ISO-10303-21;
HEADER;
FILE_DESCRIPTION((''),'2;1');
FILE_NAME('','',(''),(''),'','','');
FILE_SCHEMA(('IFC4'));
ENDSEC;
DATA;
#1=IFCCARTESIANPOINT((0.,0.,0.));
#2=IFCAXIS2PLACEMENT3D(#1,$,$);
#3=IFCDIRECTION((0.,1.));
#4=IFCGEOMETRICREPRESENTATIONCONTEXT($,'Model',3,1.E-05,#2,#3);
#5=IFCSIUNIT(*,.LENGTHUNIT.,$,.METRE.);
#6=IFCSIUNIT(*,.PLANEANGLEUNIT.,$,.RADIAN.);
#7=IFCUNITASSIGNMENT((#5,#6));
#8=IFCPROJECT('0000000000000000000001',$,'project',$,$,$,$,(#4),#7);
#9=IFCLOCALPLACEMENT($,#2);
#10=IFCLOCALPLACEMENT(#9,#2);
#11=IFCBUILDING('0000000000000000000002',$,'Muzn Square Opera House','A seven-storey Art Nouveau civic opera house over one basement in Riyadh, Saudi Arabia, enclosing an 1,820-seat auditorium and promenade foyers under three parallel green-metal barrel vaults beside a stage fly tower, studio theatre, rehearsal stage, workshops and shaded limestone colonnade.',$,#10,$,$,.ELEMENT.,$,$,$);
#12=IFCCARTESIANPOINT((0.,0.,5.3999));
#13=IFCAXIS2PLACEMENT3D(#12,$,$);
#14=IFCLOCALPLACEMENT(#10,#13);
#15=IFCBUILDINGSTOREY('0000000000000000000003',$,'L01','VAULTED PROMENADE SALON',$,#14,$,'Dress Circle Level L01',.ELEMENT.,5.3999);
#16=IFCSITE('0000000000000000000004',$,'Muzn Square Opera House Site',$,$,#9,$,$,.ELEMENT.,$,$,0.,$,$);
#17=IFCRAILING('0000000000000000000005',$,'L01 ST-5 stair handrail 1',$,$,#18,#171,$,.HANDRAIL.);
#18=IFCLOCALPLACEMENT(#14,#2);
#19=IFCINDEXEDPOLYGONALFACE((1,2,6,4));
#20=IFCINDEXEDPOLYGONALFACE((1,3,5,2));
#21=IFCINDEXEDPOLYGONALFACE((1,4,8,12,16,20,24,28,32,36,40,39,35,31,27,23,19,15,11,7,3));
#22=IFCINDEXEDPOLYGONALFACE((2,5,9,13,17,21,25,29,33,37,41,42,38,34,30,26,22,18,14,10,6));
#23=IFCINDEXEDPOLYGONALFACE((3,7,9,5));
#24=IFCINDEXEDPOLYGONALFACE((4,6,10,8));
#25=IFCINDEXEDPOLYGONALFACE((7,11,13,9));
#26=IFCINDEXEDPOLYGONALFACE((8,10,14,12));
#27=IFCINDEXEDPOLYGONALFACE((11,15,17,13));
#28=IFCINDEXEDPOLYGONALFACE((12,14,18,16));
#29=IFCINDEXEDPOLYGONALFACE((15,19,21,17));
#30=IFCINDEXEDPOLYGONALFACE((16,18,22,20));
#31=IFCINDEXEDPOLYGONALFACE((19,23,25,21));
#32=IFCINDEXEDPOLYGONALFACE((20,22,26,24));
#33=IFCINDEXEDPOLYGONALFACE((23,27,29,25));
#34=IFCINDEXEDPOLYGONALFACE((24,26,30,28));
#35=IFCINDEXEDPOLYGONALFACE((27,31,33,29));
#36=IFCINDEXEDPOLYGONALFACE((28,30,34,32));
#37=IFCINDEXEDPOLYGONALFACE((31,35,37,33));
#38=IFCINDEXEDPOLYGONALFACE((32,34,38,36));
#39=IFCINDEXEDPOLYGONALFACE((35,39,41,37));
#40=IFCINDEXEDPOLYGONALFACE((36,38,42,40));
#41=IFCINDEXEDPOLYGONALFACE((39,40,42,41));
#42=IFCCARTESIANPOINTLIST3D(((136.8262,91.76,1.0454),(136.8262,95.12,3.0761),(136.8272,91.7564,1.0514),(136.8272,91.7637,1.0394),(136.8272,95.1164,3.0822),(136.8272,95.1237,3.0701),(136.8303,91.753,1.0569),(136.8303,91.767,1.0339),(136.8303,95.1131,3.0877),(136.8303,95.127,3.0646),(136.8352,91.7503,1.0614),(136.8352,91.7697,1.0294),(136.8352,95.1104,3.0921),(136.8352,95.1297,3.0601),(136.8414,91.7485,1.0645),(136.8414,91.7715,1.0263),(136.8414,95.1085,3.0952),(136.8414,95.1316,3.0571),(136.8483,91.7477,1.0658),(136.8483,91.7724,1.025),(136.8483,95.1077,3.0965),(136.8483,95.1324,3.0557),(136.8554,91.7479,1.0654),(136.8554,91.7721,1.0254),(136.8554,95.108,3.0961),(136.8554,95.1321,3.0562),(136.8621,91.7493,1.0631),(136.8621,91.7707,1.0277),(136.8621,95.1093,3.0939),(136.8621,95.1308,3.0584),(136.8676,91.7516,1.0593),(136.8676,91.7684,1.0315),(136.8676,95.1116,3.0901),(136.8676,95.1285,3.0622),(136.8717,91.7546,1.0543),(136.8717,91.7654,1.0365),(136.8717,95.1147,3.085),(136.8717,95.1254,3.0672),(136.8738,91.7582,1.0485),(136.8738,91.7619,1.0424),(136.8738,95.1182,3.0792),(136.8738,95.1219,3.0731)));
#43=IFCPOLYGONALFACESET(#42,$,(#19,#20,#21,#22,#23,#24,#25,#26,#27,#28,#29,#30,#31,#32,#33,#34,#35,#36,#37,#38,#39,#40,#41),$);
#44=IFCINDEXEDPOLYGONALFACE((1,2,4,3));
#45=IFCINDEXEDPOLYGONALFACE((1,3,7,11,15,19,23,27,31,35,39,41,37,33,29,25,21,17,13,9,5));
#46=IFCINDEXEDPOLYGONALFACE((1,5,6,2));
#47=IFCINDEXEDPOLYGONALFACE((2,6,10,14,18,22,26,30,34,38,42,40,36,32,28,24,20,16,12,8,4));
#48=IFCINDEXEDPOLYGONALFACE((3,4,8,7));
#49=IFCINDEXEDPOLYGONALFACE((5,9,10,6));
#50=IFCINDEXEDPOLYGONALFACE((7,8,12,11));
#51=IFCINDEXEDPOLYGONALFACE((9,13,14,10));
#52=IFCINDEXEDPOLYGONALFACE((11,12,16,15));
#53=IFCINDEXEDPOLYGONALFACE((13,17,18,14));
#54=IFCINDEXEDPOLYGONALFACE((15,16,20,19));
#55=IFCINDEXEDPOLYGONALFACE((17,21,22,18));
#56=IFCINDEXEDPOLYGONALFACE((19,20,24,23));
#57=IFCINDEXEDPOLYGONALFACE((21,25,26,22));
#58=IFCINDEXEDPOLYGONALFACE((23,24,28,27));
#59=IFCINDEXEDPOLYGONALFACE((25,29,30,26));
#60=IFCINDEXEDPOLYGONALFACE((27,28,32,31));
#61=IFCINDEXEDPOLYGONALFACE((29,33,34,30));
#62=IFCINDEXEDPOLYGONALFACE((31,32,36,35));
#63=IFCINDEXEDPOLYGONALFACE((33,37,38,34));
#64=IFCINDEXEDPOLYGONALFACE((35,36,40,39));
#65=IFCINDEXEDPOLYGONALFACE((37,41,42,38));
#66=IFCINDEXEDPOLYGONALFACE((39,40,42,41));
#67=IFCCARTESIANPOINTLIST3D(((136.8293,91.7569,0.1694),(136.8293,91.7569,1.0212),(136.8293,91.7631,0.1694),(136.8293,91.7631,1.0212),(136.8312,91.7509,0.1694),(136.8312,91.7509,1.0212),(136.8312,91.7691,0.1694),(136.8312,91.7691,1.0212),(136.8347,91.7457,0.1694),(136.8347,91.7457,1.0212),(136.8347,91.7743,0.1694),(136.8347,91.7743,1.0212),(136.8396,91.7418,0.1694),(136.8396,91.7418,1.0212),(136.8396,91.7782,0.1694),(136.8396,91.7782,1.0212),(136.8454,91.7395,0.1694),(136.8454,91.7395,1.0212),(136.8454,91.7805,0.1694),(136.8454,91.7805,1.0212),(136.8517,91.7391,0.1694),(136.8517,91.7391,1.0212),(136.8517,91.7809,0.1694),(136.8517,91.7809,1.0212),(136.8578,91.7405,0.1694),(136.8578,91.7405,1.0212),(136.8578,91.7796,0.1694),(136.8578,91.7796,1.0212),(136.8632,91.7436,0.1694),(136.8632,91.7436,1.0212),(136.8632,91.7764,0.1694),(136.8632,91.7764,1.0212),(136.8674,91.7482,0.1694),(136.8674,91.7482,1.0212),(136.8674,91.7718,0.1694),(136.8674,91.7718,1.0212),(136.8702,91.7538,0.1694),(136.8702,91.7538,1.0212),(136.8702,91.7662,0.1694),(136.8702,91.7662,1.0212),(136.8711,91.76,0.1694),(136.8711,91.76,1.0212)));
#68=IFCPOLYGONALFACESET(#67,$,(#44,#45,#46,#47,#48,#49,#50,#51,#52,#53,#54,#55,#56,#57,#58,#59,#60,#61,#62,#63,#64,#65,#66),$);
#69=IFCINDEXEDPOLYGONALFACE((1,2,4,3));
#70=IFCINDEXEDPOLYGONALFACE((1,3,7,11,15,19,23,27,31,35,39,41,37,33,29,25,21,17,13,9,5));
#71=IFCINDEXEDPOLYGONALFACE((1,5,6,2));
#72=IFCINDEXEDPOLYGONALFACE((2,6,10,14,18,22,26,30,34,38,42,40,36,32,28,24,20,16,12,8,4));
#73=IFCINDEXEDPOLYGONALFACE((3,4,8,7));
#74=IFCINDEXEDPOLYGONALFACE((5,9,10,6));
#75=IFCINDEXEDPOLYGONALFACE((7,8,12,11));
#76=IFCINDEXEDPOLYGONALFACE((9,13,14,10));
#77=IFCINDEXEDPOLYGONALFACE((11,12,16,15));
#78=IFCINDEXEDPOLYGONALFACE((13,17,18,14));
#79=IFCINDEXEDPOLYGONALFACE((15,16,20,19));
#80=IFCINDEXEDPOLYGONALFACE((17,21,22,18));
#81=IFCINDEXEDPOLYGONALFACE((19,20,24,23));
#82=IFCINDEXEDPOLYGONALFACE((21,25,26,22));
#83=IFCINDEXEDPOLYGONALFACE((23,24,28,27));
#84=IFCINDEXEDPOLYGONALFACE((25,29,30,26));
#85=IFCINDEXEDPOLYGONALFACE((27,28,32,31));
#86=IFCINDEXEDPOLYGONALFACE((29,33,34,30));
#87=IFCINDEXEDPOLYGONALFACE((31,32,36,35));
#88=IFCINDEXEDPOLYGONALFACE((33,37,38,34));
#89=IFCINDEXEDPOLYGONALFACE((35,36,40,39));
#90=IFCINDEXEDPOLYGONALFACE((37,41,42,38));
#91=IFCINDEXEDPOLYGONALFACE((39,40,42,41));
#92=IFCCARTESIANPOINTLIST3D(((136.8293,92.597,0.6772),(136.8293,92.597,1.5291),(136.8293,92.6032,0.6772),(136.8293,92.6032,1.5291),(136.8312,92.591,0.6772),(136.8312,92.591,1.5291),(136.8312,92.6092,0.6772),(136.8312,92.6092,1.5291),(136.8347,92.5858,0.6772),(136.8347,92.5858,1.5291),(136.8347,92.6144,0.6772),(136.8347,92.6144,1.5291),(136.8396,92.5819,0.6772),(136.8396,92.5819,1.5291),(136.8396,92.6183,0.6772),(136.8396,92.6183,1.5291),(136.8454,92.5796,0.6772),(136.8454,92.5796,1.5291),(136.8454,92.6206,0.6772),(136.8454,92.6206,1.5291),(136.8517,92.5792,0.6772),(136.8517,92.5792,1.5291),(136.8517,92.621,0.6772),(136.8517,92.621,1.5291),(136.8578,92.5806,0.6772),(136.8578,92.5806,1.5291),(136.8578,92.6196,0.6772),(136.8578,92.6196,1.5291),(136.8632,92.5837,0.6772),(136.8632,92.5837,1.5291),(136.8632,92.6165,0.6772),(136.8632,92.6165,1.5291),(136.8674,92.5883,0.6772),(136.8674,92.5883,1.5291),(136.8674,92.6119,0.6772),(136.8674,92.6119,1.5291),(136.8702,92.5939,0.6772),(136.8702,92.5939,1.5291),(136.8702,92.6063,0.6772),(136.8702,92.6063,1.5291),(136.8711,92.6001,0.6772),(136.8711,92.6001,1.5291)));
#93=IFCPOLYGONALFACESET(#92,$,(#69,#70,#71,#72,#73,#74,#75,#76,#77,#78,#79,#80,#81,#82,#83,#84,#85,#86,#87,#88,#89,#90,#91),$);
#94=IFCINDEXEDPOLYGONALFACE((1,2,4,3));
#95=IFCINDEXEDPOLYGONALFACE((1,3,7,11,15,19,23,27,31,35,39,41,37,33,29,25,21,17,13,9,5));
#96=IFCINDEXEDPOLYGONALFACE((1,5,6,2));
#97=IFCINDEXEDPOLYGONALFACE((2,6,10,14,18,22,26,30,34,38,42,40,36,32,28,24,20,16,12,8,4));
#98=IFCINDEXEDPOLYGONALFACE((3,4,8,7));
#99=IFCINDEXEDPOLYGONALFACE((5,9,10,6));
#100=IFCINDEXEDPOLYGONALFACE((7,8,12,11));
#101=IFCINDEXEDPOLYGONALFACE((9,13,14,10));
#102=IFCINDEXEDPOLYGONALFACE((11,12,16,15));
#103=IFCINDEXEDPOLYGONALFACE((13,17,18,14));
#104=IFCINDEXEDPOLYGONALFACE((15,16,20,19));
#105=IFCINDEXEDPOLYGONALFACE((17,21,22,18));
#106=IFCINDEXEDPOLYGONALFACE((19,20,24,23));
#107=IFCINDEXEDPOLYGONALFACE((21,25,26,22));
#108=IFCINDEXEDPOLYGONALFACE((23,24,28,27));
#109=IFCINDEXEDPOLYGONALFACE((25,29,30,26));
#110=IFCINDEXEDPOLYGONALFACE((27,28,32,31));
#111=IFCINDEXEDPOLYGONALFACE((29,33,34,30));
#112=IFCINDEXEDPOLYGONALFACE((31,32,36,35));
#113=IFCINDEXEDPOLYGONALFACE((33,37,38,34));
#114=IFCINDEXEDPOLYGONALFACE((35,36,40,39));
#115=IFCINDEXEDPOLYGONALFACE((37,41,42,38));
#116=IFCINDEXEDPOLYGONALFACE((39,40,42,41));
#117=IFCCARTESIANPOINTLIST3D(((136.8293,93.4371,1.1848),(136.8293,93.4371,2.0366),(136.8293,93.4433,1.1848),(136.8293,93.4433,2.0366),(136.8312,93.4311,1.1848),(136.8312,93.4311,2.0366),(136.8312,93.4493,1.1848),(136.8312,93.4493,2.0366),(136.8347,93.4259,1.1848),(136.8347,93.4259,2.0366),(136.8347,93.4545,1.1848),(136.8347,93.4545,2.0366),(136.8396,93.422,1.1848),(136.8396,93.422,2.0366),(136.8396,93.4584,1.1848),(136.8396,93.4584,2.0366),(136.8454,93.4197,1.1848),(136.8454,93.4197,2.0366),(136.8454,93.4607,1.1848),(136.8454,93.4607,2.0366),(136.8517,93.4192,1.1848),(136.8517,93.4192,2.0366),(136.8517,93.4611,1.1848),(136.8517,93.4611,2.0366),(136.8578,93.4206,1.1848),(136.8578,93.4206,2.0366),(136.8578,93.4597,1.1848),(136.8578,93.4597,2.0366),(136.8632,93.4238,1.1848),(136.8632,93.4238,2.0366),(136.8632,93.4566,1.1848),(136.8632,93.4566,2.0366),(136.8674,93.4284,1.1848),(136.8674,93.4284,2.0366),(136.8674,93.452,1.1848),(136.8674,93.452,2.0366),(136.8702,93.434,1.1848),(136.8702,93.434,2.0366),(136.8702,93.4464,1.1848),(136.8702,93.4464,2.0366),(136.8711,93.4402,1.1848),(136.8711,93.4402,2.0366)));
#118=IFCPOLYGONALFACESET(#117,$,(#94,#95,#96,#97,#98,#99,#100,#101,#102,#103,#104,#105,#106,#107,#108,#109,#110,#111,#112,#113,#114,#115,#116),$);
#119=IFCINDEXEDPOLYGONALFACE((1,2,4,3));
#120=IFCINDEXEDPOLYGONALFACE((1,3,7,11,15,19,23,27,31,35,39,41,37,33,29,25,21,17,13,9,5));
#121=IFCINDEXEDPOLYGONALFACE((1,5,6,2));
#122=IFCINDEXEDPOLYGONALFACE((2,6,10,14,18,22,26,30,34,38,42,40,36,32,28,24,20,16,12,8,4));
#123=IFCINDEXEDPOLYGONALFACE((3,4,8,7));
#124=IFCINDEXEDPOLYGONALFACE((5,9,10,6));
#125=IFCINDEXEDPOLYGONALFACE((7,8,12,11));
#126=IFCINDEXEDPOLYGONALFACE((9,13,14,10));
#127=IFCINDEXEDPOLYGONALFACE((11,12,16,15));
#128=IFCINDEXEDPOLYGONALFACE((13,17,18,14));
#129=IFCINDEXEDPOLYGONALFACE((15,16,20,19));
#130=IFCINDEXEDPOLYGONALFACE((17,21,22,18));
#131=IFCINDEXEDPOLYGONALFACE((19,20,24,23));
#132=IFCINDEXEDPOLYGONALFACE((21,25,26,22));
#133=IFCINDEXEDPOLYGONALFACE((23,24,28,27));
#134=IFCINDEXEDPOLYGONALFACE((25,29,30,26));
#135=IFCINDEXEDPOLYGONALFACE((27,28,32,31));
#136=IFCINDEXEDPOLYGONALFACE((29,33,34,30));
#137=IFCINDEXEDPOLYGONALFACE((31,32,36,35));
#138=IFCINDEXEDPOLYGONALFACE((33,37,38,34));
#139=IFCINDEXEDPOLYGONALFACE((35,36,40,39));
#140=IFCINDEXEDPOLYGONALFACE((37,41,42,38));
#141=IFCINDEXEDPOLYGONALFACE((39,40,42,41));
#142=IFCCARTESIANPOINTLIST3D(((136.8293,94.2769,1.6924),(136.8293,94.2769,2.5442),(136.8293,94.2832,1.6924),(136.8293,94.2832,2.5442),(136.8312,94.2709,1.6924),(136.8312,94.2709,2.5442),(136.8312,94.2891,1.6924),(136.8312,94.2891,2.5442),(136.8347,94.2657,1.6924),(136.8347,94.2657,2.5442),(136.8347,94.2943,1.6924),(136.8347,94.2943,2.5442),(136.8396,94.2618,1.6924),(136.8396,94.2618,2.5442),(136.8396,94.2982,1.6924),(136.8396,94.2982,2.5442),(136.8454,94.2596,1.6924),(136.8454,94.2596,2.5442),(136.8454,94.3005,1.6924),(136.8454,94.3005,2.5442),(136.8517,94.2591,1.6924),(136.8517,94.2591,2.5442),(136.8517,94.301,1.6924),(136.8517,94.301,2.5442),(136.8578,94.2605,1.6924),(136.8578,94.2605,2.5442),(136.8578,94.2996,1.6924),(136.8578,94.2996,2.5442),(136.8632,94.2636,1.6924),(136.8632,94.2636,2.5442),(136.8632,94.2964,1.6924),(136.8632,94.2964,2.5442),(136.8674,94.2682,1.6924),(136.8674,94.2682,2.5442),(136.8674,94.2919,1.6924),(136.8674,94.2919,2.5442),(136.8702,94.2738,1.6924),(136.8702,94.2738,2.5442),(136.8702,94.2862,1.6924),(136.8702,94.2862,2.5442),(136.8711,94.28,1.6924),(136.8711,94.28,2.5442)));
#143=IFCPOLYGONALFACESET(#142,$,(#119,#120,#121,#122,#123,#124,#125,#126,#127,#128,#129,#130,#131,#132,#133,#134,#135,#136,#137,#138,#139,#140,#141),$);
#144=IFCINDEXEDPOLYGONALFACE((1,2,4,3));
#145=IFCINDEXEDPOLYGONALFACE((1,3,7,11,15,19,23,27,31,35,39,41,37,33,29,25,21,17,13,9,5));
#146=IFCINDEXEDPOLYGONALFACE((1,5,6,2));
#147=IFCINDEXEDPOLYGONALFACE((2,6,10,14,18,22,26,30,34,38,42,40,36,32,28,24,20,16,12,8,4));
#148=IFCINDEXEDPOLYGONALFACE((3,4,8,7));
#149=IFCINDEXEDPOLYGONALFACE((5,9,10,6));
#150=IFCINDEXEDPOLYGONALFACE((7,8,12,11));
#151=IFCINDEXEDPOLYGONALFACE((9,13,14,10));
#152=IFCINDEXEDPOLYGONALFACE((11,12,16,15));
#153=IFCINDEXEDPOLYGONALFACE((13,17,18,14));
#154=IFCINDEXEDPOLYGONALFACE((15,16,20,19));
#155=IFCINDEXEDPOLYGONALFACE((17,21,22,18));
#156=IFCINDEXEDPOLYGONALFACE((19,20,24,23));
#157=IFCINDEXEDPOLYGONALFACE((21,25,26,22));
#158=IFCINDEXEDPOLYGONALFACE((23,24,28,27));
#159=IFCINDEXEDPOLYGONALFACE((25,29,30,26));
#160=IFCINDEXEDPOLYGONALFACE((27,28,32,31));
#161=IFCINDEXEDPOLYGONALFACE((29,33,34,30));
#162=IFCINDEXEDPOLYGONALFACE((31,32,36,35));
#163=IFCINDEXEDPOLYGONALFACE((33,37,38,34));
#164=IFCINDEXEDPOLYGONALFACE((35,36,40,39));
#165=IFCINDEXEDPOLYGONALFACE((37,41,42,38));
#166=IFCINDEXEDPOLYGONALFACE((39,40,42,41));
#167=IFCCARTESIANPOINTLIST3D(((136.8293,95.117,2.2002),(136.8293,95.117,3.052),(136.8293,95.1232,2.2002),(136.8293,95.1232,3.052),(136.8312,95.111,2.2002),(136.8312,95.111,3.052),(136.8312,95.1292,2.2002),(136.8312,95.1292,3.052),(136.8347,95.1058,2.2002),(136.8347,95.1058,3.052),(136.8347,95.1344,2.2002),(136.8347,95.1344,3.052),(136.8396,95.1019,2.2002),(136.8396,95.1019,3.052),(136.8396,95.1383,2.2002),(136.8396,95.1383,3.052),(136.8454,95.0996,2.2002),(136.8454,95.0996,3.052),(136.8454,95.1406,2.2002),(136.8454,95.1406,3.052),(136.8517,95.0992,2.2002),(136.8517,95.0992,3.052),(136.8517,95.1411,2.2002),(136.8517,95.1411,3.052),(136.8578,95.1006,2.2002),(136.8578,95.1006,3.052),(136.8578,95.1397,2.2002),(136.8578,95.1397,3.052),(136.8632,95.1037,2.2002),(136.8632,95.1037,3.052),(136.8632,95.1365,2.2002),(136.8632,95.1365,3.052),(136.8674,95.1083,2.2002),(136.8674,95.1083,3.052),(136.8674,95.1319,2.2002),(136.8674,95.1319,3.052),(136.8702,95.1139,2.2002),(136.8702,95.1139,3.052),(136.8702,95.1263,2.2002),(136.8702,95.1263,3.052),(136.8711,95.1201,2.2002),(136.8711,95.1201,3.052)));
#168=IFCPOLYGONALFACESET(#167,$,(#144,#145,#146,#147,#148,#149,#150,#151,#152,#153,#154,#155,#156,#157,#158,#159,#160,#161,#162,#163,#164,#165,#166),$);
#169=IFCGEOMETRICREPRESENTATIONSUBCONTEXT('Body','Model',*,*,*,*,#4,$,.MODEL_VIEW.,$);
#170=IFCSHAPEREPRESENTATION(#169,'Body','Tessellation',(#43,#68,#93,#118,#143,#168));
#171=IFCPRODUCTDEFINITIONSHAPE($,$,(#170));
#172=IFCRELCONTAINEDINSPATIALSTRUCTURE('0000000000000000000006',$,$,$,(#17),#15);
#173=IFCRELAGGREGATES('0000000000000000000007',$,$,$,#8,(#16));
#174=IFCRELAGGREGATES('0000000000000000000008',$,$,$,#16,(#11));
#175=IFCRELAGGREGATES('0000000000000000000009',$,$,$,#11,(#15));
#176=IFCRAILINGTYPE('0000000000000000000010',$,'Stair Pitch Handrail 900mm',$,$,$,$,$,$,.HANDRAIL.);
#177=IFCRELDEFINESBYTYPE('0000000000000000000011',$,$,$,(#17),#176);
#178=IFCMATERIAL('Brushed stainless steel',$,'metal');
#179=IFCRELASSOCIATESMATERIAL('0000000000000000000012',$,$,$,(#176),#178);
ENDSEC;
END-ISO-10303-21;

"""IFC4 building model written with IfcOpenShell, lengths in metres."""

from ifc_helpers import new_model, si_unit, direction, frame, origin, origin_2d, place, context, subcontext, project, spatial, circle, extrude, material, type_object, element, save


model = new_model("IFC4")

# Units and contexts
model_context = context("Model", 3, precision=1e-05, world=origin(), true_north=direction((0.0, 1.0)))
body_context = subcontext(model_context, "Body", "Model", "MODEL_VIEW")
ifc_project = project(units=[si_unit("LENGTHUNIT", "METRE"), si_unit("PLANEANGLEUNIT", "RADIAN")], contexts=[model_context])

# Site, building, storey
site_placement = place(None, origin())
site = spatial("IfcSite", under=ifc_project, at=site_placement, Name="Muzn Square Opera House Site", CompositionType="ELEMENT", RefElevation=0.0)
building_placement = place(site_placement, origin())
building = spatial("IfcBuilding", under=site, at=building_placement, Name="Muzn Square Opera House", Description="A seven-storey Art Nouveau civic opera house over one basement in Riyadh, Saudi Arabia, enclosing an 1,820-seat auditorium and promenade foyers under three parallel green-metal barrel vaults beside a stage fly tower, studio theatre, rehearsal stage, workshops and shaded limestone colonnade.", CompositionType="ELEMENT")
storey_placement = place(building_placement, frame((0.0, 0.0, 5.3999)))
storey = spatial("IfcBuildingStorey", under=building, at=storey_placement, Name="L01", Description="VAULTED PROMENADE SALON", LongName="Dress Circle Level L01", CompositionType="ELEMENT", Elevation=5.3999)

# Railing
ifc_material_1 = material(Name="Brushed stainless steel", Category="metal")
railing_type_1 = type_object("IfcRailingType", Name="Stair Pitch Handrail 900mm", PredefinedType="HANDRAIL", material=ifc_material_1)
railing_1_placement = place(storey_placement, frame((136.8501, 91.76, 0.1694)))
element("IfcRailing", 1, at=railing_1_placement, inside=storey, type_object=railing_type_1, Name="L01 ST-5 stair handrail 1", PredefinedType="HANDRAIL", context=body_context, shape_type="SweptSolid", body=[
    extrude(circle(Radius=0.0239, at=origin_2d()), frame((0.0, 0.0, 0.876), z_axis=(0.0, 0.855837, 0.517246), x_axis=(-1.0, 0.0, 0.0)), (0.0, 0.0, 1.0), 3.926),
    extrude(circle(Radius=0.021, at=origin_2d()), origin(), (0.0, 0.0, 1.0), 0.8518),
    extrude(circle(Radius=0.021, at=origin_2d()), frame((0.0, 0.8401, 0.5078)), (0.0, 0.0, 1.0), 0.8518),
    extrude(circle(Radius=0.021, at=origin_2d()), frame((0.0, 1.6802, 1.0154)), (0.0, 0.0, 1.0), 0.8518),
    extrude(circle(Radius=0.021, at=origin_2d()), frame((0.0, 2.52, 1.5229)), (0.0, 0.0, 1.0), 0.8518),
    extrude(circle(Radius=0.021, at=origin_2d()), frame((0.0, 3.3601, 2.0308)), (0.0, 0.0, 1.0), 0.8518),
])

save(model, "model.ifc")
